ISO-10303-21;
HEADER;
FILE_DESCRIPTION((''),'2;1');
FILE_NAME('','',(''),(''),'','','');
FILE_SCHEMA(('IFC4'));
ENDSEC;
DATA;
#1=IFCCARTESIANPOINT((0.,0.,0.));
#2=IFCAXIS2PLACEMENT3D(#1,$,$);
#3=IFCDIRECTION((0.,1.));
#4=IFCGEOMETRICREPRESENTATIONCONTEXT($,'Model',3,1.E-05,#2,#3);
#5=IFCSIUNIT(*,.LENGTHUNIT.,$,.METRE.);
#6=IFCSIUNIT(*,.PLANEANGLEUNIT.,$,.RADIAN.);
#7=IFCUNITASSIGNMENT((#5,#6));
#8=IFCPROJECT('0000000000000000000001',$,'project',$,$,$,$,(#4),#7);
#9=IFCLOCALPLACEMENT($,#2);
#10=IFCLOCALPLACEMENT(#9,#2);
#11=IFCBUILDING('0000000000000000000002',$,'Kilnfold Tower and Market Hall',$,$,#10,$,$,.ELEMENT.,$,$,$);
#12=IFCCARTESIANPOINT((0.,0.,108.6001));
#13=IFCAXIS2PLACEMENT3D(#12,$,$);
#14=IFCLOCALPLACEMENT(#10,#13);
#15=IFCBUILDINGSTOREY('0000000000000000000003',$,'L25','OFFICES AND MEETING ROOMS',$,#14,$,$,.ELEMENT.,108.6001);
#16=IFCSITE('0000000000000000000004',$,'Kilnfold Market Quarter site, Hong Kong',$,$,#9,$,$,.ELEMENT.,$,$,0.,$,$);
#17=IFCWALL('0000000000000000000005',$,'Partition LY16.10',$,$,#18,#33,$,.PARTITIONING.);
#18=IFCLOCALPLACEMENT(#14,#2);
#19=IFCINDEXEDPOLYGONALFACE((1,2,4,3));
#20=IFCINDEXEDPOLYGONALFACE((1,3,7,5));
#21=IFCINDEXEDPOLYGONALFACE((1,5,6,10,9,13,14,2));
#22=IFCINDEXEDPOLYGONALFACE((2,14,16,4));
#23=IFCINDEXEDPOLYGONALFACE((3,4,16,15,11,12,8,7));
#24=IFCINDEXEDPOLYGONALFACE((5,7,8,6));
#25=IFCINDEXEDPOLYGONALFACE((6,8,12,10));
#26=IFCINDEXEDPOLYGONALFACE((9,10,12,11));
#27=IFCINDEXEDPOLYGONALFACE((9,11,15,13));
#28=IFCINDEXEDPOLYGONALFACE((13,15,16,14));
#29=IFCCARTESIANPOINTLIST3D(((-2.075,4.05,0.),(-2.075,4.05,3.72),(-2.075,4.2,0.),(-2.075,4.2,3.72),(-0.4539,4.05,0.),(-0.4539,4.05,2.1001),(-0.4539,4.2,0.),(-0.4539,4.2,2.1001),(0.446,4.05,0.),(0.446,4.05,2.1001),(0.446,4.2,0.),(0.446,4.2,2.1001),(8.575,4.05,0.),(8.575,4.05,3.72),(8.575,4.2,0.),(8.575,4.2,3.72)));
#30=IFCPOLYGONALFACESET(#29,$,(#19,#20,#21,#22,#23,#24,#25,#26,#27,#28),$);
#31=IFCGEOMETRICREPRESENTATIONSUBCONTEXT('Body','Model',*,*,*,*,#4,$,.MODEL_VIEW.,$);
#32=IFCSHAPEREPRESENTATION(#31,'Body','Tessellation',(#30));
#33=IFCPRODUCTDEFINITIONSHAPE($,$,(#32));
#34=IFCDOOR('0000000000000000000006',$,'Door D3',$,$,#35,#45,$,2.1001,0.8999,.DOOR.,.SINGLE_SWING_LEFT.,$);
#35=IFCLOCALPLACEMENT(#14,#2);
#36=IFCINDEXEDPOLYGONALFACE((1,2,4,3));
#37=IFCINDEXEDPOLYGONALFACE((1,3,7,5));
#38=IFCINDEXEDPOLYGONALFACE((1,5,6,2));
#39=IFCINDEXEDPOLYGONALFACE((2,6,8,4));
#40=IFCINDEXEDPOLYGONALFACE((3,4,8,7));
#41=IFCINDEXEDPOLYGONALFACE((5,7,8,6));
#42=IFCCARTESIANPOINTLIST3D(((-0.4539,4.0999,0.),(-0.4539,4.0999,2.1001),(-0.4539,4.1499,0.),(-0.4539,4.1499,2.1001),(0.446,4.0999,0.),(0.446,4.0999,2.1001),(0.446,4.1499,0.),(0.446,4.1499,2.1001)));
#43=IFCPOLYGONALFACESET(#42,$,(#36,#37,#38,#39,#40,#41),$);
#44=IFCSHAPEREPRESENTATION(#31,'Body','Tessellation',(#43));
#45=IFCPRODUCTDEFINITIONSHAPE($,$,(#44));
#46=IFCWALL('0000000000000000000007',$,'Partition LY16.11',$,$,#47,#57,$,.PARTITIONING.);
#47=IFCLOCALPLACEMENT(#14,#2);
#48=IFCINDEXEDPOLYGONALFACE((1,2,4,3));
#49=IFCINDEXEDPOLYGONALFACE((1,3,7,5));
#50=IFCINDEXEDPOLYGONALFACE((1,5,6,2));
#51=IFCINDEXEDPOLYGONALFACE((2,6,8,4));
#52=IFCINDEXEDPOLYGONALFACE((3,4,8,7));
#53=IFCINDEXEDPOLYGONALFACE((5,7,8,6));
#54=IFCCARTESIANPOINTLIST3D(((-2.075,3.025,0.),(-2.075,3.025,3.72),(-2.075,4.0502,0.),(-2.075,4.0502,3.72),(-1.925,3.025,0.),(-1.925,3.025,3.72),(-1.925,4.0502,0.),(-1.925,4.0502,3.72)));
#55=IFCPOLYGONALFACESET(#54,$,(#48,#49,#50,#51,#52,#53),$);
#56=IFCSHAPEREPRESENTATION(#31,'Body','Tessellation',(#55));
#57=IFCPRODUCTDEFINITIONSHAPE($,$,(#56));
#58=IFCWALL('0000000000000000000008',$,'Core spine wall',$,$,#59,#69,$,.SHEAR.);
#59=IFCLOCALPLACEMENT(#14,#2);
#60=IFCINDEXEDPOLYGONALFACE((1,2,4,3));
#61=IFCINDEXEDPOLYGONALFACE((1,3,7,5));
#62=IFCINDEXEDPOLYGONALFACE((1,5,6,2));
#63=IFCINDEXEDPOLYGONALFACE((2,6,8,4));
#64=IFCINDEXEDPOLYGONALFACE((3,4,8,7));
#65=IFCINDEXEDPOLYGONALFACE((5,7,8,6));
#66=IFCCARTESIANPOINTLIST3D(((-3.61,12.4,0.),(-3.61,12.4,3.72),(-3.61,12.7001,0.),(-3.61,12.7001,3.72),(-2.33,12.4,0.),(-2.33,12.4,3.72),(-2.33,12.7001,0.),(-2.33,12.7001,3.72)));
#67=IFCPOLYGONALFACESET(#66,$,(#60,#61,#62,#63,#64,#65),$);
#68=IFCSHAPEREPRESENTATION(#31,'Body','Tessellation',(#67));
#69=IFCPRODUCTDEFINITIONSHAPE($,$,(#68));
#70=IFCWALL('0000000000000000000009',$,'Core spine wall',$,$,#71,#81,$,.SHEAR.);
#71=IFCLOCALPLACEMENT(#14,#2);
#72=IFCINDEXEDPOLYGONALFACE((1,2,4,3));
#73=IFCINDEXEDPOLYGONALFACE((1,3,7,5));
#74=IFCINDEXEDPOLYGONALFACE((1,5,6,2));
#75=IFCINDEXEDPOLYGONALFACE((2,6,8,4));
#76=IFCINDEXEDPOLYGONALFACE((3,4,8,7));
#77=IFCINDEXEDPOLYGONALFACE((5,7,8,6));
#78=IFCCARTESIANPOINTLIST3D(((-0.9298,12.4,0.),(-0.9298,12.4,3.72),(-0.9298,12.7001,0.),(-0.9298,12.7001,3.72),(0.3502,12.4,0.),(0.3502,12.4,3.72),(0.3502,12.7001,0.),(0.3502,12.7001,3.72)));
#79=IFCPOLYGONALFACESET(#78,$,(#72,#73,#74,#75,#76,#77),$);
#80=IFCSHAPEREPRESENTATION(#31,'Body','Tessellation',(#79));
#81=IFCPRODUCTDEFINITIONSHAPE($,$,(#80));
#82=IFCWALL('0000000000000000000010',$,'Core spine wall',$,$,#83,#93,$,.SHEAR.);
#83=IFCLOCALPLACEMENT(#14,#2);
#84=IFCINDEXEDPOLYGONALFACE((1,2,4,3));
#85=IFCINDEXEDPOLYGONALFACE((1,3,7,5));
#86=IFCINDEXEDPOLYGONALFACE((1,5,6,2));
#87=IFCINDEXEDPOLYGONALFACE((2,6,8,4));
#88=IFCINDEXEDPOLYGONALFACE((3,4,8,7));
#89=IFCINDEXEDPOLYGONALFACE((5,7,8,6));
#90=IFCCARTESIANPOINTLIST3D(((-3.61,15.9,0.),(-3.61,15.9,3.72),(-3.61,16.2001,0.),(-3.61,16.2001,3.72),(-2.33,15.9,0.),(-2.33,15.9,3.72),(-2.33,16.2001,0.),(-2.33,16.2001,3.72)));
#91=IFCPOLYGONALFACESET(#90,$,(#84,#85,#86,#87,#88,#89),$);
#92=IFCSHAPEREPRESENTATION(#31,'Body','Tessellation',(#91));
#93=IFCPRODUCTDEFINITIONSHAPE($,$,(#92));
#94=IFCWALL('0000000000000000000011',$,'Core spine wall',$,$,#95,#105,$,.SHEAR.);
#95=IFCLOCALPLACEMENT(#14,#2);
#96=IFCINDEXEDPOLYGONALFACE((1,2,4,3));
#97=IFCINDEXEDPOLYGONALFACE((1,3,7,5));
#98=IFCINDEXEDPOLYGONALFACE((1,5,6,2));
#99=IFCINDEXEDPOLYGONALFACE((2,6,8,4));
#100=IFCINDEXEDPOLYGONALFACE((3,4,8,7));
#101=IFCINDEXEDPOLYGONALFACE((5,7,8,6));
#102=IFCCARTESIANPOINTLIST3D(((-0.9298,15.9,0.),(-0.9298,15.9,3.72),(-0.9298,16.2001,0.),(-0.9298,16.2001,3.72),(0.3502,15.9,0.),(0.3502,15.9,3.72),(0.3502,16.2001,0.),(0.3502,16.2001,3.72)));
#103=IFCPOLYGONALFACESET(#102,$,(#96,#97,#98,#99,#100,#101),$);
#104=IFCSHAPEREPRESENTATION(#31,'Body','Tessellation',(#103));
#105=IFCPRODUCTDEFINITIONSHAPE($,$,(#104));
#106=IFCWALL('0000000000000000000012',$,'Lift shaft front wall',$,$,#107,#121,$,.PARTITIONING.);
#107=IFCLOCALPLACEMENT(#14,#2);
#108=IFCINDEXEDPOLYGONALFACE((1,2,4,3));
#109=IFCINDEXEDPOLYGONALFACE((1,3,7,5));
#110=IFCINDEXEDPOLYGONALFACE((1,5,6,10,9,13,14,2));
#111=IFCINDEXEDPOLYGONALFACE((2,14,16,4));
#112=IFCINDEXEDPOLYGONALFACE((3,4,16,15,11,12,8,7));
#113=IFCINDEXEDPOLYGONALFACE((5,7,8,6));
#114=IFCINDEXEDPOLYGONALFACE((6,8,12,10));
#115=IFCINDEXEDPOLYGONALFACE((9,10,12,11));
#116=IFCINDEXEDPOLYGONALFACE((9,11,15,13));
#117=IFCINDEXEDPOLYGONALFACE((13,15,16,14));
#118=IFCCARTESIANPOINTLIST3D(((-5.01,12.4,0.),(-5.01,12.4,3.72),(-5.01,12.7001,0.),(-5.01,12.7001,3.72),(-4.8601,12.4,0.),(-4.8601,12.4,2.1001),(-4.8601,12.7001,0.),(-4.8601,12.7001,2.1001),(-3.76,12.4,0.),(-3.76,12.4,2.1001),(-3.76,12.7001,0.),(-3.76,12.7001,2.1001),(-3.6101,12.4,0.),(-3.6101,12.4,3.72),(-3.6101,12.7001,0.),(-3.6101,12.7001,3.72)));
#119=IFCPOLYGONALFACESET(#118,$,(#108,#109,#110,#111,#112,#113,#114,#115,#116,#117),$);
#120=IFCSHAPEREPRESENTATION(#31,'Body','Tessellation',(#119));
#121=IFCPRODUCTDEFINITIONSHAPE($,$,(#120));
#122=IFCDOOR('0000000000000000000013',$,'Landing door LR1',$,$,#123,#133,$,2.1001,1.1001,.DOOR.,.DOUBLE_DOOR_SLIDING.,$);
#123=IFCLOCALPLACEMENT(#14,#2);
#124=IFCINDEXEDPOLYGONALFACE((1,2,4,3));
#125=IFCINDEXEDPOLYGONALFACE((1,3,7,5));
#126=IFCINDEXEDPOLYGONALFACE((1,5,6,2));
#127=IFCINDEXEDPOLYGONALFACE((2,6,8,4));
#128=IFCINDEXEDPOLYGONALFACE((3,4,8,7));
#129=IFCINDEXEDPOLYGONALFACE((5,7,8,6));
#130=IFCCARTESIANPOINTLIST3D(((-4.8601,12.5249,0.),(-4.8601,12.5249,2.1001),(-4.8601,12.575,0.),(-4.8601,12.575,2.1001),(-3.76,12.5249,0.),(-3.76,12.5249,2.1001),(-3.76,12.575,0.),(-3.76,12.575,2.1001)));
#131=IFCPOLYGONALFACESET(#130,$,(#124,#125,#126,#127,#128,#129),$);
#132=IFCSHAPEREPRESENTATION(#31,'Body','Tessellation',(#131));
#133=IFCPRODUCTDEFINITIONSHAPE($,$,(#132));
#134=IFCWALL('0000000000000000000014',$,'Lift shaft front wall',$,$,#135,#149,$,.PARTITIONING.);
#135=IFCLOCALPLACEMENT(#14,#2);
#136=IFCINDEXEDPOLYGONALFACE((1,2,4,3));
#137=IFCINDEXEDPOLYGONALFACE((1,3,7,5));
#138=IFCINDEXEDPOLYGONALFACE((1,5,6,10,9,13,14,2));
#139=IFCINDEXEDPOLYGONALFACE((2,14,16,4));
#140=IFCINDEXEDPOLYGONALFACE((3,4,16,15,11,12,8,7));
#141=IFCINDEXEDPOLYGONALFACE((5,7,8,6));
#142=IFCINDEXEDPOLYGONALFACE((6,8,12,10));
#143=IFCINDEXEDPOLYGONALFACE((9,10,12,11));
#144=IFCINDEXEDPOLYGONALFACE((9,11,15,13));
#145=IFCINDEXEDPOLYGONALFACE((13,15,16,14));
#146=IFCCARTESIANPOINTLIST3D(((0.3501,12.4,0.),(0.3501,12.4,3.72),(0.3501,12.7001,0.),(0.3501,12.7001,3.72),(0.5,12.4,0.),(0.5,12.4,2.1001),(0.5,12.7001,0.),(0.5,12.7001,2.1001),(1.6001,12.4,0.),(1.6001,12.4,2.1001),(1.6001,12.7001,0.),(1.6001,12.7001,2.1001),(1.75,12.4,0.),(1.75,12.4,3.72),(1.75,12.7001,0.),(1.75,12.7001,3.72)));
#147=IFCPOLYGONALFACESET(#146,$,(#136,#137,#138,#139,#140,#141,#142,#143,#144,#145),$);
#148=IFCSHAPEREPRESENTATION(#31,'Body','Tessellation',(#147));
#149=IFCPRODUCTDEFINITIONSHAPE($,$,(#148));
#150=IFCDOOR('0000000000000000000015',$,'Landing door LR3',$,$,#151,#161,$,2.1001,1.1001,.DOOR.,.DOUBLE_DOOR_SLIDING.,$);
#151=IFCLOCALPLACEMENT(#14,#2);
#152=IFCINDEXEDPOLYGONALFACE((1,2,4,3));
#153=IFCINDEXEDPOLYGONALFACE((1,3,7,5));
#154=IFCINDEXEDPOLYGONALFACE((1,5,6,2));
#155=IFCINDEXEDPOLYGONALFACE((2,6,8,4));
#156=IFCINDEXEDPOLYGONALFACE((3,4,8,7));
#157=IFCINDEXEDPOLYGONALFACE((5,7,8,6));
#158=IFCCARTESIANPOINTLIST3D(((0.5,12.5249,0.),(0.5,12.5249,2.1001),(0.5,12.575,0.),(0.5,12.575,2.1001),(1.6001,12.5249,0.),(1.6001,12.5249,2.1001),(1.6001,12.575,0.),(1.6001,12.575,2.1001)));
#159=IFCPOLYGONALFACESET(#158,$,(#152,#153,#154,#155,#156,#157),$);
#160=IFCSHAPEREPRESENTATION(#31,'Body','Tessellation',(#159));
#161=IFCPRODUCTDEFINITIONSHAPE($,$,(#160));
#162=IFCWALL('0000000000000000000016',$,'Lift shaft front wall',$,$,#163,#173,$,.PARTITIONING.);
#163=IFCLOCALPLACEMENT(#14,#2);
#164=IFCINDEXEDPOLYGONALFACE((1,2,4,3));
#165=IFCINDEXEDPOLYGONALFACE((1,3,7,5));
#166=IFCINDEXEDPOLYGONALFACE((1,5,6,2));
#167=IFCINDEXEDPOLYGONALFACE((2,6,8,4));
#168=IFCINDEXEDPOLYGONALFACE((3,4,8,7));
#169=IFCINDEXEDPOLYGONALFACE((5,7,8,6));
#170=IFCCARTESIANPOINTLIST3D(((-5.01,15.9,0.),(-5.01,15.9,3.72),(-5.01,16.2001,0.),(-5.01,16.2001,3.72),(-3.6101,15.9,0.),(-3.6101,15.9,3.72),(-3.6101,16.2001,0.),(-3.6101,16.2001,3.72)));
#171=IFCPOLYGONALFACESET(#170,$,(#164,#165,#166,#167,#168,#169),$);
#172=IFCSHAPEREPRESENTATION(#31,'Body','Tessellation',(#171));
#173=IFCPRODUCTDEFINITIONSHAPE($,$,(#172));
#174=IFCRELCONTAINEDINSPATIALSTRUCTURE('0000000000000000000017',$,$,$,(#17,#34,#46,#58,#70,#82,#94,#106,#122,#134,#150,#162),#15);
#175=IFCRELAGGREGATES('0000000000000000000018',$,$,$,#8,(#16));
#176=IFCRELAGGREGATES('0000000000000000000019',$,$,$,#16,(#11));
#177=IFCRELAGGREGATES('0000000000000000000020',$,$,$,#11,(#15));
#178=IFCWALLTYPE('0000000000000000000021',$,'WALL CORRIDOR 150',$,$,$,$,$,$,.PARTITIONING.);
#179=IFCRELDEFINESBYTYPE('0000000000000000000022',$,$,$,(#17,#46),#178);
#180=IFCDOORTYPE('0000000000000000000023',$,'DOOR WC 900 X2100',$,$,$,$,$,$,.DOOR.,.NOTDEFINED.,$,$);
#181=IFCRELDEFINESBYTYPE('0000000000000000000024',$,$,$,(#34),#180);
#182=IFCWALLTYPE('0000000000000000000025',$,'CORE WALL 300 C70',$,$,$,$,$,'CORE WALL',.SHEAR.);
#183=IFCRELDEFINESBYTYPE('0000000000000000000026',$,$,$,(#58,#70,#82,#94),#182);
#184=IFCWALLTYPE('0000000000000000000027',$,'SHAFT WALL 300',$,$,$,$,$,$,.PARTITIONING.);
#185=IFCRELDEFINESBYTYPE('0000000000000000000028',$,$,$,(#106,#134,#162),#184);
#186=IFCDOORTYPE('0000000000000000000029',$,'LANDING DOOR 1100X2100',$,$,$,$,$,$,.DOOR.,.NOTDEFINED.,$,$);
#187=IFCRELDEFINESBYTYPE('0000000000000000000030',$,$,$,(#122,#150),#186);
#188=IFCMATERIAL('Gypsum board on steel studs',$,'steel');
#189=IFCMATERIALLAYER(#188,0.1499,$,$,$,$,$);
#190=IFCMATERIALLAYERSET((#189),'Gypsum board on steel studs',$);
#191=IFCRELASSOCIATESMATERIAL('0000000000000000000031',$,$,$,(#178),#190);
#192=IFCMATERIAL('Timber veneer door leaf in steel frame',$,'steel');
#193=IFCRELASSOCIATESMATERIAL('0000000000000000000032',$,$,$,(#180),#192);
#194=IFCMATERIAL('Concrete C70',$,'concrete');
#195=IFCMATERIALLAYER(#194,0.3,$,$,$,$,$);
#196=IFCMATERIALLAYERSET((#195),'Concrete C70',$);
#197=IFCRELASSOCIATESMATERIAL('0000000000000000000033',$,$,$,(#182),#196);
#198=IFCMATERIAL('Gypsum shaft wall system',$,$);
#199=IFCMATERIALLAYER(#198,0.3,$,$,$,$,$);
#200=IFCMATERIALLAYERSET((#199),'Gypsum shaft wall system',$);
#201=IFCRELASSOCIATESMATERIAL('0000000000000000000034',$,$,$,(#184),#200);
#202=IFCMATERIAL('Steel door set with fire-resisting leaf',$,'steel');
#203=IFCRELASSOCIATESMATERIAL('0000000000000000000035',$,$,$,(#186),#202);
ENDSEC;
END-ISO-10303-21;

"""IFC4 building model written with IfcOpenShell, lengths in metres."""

from ifc_helpers import new_model, si_unit, direction, frame, frame_2d, origin, place, context, subcontext, project, spatial, rectangle, extrude, source, transform, mapped, material, layer, layer_set, type_object, element, fill, save


model = new_model("IFC4")

# Units and contexts
model_context = context("Model", 3, precision=1e-05, world=origin(), true_north=direction((0.0, 1.0)))
body_context = subcontext(model_context, "Body", "Model", "MODEL_VIEW")
ifc_project = project(units=[si_unit("LENGTHUNIT", "METRE"), si_unit("PLANEANGLEUNIT", "RADIAN")], contexts=[model_context])

# Site, building, storey
site_placement = place(None, origin())
site = spatial("IfcSite", under=ifc_project, at=site_placement, Name="Kilnfold Market Quarter site, Hong Kong", CompositionType="ELEMENT", RefElevation=0.0)
building_placement = place(site_placement, origin())
building = spatial("IfcBuilding", under=site, at=building_placement, Name="Kilnfold Tower and Market Hall", CompositionType="ELEMENT")
storey_placement = place(building_placement, frame((0.0, 0.0, 108.6001)))
storey = spatial("IfcBuildingStorey", under=building, at=storey_placement, Name="L25", Description="OFFICES AND MEETING ROOMS", CompositionType="ELEMENT", Elevation=108.6001)

# Wall, opening, door
ifc_material_1 = material(Name="Gypsum board on steel studs", Category="steel")
ifc_layer_1 = layer(ifc_material_1, 0.1499)
ifc_layer_set_1 = layer_set([ifc_layer_1], Name="Gypsum board on steel studs")
wall_type_1 = type_object("IfcWallType", Name="WALL CORRIDOR 150", PredefinedType="PARTITIONING", material=ifc_layer_set_1)
wall_1_placement = place(storey_placement, frame((-2.075, 4.125, 0.0), z_axis=(0.0, 0.0, 1.0), x_axis=(1.0, 0.0, 0.0)))
wall_1 = element("IfcWall", 1, at=wall_1_placement, inside=storey, type_object=wall_type_1, Name="Partition LY16.10", PredefinedType="PARTITIONING", context=body_context, shape_type="SweptSolid", body=[
    extrude(rectangle(XDim=10.6499, YDim=0.1499, at=frame_2d((5.325, 0.0))), origin(), (0.0, 0.0, 1.0), 3.72),
])
opening_1_placement = place(wall_1_placement, frame((1.6211, 0.0, 0.0)))
opening_1 = element("IfcOpeningElement", 2, at=opening_1_placement, cuts=wall_1, PredefinedType="OPENING", context=body_context, shape_type="SweptSolid", body=[
    extrude(rectangle(XDim=0.8999, YDim=2.1001, at=frame_2d((0.45, 1.05))), frame((0.0, 0.085, 0.0), z_axis=(0.0, -1.0, 0.0), x_axis=(1.0, 0.0, 0.0)), (0.0, 0.0, 1.0), 0.1699),
])
ifc_material_2 = material(Name="Timber veneer door leaf in steel frame", Category="steel")
door_type_1 = type_object("IfcDoorType", Name="DOOR WC 900 X2100", OperationType="NOTDEFINED", PredefinedType="DOOR", material=ifc_material_2)
door_1_placement = place(opening_1_placement, origin())
door_1 = element("IfcDoor", 3, at=door_1_placement, inside=storey, type_object=door_type_1, Name="Door D3", OperationType="SINGLE_SWING_LEFT", OverallHeight=2.1001, OverallWidth=0.8999, PredefinedType="DOOR", context=body_context, shape_type="SweptSolid", body=[
    extrude(rectangle(XDim=0.8999, YDim=2.1001, at=frame_2d((0.45, 1.05))), frame((0.0, 0.0249, 0.0), z_axis=(0.0, -1.0, 0.0), x_axis=(1.0, 0.0, 0.0)), (0.0, 0.0, 1.0), 0.05),
])
fill(opening_1, door_1)

# Walls
wall_2_placement = place(storey_placement, frame((-2.0, 3.0249, 0.0), z_axis=(0.0, 0.0, 1.0), x_axis=(0.0, 1.0, 0.0)))
element("IfcWall", 4, at=wall_2_placement, inside=storey, type_object=wall_type_1, Name="Partition LY16.11", PredefinedType="PARTITIONING", context=body_context, shape_type="SweptSolid", body=[
    extrude(rectangle(XDim=1.0251, YDim=0.1499, at=frame_2d((0.5127, 0.0))), origin(), (0.0, 0.0, 1.0), 3.72),
])
ifc_material_3 = material(Name="Concrete C70", Category="concrete")
ifc_layer_2 = layer(ifc_material_3, 0.3)
ifc_layer_set_2 = layer_set([ifc_layer_2], Name="Concrete C70")
wall_type_2 = type_object("IfcWallType", Name="CORE WALL 300 C70", ElementType="CORE WALL", PredefinedType="SHEAR", material=ifc_layer_set_2)
shared_shape_1 = source(origin(), body_context, "Body", "SweptSolid", [
    extrude(rectangle(XDim=1.28, YDim=0.3, at=frame_2d((0.6401, 0.0))), origin(), (0.0, 0.0, 1.0), 3.72),
])
for number, where, z_axis, x_axis, name in (
    (5, (-3.6101, 12.55, 0.0), (0.0, 0.0, 1.0), (1.0, 0.0, 0.0), "Core spine wall"),
    (6, (-0.9299, 12.55, 0.0), (0.0, 0.0, 1.0), (1.0, 0.0, 0.0), "Core spine wall"),
    (7, (-3.6101, 16.05, 0.0), (0.0, 0.0, 1.0), (1.0, 0.0, 0.0), "Core spine wall"),
    (8, (-0.9299, 16.05, 0.0), (0.0, 0.0, 1.0), (1.0, 0.0, 0.0), "Core spine wall"),
):
    element("IfcWall", number, at=place(storey_placement, frame(where, z_axis=z_axis, x_axis=x_axis)), inside=storey, type_object=wall_type_2, Name=name, PredefinedType="SHEAR", context=body_context, shape_type="MappedRepresentation", body=[
        mapped(shared_shape_1, transform((0.0, 0.0, 0.0))),
    ])

# Walls, openings, doors
ifc_material_4 = material(Name="Gypsum shaft wall system")
ifc_layer_3 = layer(ifc_material_4, 0.3)
ifc_layer_set_3 = layer_set([ifc_layer_3], Name="Gypsum shaft wall system")
wall_type_3 = type_object("IfcWallType", Name="SHAFT WALL 300", PredefinedType="PARTITIONING", material=ifc_layer_set_3)
shared_shape_2 = source(origin(), body_context, "Body", "SweptSolid", [
    extrude(rectangle(XDim=1.3999, YDim=0.3, at=frame_2d((0.7, 0.0))), origin(), (0.0, 0.0, 1.0), 3.72),
])
wall_3_placement = place(storey_placement, frame((-5.01, 12.55, 0.0), z_axis=(0.0, 0.0, 1.0), x_axis=(1.0, 0.0, 0.0)))
wall_3 = element("IfcWall", 9, at=wall_3_placement, inside=storey, type_object=wall_type_3, Name="Lift shaft front wall", PredefinedType="PARTITIONING", context=body_context, shape_type="MappedRepresentation", body=[
    mapped(shared_shape_2, transform((0.0, 0.0, 0.0))),
])
opening_2_placement = place(wall_3_placement, frame((0.1499, 0.0, 0.0)))
opening_2 = element("IfcOpeningElement", 10, at=opening_2_placement, cuts=wall_3, PredefinedType="OPENING", context=body_context, shape_type="SweptSolid", body=[
    extrude(rectangle(XDim=1.1001, YDim=2.1001, at=frame_2d((0.55, 1.05))), frame((0.0, 0.1602, 0.0), z_axis=(0.0, -1.0, 0.0), x_axis=(1.0, 0.0, 0.0)), (0.0, 0.0, 1.0), 0.3201),
])
ifc_material_5 = material(Name="Steel door set with fire-resisting leaf", Category="steel")
door_type_2 = type_object("IfcDoorType", Name="LANDING DOOR 1100X2100", OperationType="NOTDEFINED", PredefinedType="DOOR", material=ifc_material_5)
door_2_placement = place(opening_2_placement, origin())
door_2 = element("IfcDoor", 11, at=door_2_placement, inside=storey, type_object=door_type_2, Name="Landing door LR1", OperationType="DOUBLE_DOOR_SLIDING", OverallHeight=2.1001, OverallWidth=1.1001, PredefinedType="DOOR", context=body_context, shape_type="SweptSolid", body=[
    extrude(rectangle(XDim=1.1001, YDim=2.1001, at=frame_2d((0.55, 1.05))), frame((0.0, 0.0249, 0.0), z_axis=(0.0, -1.0, 0.0), x_axis=(1.0, 0.0, 0.0)), (0.0, 0.0, 1.0), 0.05),
])
fill(opening_2, door_2)
wall_4_placement = place(storey_placement, frame((0.3501, 12.55, 0.0), z_axis=(0.0, 0.0, 1.0), x_axis=(1.0, 0.0, 0.0)))
wall_4 = element("IfcWall", 12, at=wall_4_placement, inside=storey, type_object=wall_type_3, Name="Lift shaft front wall", PredefinedType="PARTITIONING", context=body_context, shape_type="MappedRepresentation", body=[
    mapped(shared_shape_2, transform((0.0, 0.0, 0.0))),
])
opening_3_placement = place(wall_4_placement, frame((0.1499, 0.0, 0.0)))
opening_3 = element("IfcOpeningElement", 13, at=opening_3_placement, cuts=wall_4, PredefinedType="OPENING", context=body_context, shape_type="SweptSolid", body=[
    extrude(rectangle(XDim=1.1001, YDim=2.1001, at=frame_2d((0.55, 1.05))), frame((0.0, 0.1602, 0.0), z_axis=(0.0, -1.0, 0.0), x_axis=(1.0, 0.0, 0.0)), (0.0, 0.0, 1.0), 0.3201),
])
door_3_placement = place(opening_3_placement, origin())
door_3 = element("IfcDoor", 14, at=door_3_placement, inside=storey, type_object=door_type_2, Name="Landing door LR3", OperationType="DOUBLE_DOOR_SLIDING", OverallHeight=2.1001, OverallWidth=1.1001, PredefinedType="DOOR", context=body_context, shape_type="SweptSolid", body=[
    extrude(rectangle(XDim=1.1001, YDim=2.1001, at=frame_2d((0.55, 1.05))), frame((0.0, 0.0249, 0.0), z_axis=(0.0, -1.0, 0.0), x_axis=(1.0, 0.0, 0.0)), (0.0, 0.0, 1.0), 0.05),
])
fill(opening_3, door_3)

# Wall
wall_5_placement = place(storey_placement, frame((-5.01, 16.05, 0.0), z_axis=(0.0, 0.0, 1.0), x_axis=(1.0, 0.0, 0.0)))
element("IfcWall", 15, at=wall_5_placement, inside=storey, type_object=wall_type_3, Name="Lift shaft front wall", PredefinedType="PARTITIONING", context=body_context, shape_type="MappedRepresentation", body=[
    mapped(shared_shape_2, transform((0.0, 0.0, 0.0))),
])

save(model, "model.ifc")
